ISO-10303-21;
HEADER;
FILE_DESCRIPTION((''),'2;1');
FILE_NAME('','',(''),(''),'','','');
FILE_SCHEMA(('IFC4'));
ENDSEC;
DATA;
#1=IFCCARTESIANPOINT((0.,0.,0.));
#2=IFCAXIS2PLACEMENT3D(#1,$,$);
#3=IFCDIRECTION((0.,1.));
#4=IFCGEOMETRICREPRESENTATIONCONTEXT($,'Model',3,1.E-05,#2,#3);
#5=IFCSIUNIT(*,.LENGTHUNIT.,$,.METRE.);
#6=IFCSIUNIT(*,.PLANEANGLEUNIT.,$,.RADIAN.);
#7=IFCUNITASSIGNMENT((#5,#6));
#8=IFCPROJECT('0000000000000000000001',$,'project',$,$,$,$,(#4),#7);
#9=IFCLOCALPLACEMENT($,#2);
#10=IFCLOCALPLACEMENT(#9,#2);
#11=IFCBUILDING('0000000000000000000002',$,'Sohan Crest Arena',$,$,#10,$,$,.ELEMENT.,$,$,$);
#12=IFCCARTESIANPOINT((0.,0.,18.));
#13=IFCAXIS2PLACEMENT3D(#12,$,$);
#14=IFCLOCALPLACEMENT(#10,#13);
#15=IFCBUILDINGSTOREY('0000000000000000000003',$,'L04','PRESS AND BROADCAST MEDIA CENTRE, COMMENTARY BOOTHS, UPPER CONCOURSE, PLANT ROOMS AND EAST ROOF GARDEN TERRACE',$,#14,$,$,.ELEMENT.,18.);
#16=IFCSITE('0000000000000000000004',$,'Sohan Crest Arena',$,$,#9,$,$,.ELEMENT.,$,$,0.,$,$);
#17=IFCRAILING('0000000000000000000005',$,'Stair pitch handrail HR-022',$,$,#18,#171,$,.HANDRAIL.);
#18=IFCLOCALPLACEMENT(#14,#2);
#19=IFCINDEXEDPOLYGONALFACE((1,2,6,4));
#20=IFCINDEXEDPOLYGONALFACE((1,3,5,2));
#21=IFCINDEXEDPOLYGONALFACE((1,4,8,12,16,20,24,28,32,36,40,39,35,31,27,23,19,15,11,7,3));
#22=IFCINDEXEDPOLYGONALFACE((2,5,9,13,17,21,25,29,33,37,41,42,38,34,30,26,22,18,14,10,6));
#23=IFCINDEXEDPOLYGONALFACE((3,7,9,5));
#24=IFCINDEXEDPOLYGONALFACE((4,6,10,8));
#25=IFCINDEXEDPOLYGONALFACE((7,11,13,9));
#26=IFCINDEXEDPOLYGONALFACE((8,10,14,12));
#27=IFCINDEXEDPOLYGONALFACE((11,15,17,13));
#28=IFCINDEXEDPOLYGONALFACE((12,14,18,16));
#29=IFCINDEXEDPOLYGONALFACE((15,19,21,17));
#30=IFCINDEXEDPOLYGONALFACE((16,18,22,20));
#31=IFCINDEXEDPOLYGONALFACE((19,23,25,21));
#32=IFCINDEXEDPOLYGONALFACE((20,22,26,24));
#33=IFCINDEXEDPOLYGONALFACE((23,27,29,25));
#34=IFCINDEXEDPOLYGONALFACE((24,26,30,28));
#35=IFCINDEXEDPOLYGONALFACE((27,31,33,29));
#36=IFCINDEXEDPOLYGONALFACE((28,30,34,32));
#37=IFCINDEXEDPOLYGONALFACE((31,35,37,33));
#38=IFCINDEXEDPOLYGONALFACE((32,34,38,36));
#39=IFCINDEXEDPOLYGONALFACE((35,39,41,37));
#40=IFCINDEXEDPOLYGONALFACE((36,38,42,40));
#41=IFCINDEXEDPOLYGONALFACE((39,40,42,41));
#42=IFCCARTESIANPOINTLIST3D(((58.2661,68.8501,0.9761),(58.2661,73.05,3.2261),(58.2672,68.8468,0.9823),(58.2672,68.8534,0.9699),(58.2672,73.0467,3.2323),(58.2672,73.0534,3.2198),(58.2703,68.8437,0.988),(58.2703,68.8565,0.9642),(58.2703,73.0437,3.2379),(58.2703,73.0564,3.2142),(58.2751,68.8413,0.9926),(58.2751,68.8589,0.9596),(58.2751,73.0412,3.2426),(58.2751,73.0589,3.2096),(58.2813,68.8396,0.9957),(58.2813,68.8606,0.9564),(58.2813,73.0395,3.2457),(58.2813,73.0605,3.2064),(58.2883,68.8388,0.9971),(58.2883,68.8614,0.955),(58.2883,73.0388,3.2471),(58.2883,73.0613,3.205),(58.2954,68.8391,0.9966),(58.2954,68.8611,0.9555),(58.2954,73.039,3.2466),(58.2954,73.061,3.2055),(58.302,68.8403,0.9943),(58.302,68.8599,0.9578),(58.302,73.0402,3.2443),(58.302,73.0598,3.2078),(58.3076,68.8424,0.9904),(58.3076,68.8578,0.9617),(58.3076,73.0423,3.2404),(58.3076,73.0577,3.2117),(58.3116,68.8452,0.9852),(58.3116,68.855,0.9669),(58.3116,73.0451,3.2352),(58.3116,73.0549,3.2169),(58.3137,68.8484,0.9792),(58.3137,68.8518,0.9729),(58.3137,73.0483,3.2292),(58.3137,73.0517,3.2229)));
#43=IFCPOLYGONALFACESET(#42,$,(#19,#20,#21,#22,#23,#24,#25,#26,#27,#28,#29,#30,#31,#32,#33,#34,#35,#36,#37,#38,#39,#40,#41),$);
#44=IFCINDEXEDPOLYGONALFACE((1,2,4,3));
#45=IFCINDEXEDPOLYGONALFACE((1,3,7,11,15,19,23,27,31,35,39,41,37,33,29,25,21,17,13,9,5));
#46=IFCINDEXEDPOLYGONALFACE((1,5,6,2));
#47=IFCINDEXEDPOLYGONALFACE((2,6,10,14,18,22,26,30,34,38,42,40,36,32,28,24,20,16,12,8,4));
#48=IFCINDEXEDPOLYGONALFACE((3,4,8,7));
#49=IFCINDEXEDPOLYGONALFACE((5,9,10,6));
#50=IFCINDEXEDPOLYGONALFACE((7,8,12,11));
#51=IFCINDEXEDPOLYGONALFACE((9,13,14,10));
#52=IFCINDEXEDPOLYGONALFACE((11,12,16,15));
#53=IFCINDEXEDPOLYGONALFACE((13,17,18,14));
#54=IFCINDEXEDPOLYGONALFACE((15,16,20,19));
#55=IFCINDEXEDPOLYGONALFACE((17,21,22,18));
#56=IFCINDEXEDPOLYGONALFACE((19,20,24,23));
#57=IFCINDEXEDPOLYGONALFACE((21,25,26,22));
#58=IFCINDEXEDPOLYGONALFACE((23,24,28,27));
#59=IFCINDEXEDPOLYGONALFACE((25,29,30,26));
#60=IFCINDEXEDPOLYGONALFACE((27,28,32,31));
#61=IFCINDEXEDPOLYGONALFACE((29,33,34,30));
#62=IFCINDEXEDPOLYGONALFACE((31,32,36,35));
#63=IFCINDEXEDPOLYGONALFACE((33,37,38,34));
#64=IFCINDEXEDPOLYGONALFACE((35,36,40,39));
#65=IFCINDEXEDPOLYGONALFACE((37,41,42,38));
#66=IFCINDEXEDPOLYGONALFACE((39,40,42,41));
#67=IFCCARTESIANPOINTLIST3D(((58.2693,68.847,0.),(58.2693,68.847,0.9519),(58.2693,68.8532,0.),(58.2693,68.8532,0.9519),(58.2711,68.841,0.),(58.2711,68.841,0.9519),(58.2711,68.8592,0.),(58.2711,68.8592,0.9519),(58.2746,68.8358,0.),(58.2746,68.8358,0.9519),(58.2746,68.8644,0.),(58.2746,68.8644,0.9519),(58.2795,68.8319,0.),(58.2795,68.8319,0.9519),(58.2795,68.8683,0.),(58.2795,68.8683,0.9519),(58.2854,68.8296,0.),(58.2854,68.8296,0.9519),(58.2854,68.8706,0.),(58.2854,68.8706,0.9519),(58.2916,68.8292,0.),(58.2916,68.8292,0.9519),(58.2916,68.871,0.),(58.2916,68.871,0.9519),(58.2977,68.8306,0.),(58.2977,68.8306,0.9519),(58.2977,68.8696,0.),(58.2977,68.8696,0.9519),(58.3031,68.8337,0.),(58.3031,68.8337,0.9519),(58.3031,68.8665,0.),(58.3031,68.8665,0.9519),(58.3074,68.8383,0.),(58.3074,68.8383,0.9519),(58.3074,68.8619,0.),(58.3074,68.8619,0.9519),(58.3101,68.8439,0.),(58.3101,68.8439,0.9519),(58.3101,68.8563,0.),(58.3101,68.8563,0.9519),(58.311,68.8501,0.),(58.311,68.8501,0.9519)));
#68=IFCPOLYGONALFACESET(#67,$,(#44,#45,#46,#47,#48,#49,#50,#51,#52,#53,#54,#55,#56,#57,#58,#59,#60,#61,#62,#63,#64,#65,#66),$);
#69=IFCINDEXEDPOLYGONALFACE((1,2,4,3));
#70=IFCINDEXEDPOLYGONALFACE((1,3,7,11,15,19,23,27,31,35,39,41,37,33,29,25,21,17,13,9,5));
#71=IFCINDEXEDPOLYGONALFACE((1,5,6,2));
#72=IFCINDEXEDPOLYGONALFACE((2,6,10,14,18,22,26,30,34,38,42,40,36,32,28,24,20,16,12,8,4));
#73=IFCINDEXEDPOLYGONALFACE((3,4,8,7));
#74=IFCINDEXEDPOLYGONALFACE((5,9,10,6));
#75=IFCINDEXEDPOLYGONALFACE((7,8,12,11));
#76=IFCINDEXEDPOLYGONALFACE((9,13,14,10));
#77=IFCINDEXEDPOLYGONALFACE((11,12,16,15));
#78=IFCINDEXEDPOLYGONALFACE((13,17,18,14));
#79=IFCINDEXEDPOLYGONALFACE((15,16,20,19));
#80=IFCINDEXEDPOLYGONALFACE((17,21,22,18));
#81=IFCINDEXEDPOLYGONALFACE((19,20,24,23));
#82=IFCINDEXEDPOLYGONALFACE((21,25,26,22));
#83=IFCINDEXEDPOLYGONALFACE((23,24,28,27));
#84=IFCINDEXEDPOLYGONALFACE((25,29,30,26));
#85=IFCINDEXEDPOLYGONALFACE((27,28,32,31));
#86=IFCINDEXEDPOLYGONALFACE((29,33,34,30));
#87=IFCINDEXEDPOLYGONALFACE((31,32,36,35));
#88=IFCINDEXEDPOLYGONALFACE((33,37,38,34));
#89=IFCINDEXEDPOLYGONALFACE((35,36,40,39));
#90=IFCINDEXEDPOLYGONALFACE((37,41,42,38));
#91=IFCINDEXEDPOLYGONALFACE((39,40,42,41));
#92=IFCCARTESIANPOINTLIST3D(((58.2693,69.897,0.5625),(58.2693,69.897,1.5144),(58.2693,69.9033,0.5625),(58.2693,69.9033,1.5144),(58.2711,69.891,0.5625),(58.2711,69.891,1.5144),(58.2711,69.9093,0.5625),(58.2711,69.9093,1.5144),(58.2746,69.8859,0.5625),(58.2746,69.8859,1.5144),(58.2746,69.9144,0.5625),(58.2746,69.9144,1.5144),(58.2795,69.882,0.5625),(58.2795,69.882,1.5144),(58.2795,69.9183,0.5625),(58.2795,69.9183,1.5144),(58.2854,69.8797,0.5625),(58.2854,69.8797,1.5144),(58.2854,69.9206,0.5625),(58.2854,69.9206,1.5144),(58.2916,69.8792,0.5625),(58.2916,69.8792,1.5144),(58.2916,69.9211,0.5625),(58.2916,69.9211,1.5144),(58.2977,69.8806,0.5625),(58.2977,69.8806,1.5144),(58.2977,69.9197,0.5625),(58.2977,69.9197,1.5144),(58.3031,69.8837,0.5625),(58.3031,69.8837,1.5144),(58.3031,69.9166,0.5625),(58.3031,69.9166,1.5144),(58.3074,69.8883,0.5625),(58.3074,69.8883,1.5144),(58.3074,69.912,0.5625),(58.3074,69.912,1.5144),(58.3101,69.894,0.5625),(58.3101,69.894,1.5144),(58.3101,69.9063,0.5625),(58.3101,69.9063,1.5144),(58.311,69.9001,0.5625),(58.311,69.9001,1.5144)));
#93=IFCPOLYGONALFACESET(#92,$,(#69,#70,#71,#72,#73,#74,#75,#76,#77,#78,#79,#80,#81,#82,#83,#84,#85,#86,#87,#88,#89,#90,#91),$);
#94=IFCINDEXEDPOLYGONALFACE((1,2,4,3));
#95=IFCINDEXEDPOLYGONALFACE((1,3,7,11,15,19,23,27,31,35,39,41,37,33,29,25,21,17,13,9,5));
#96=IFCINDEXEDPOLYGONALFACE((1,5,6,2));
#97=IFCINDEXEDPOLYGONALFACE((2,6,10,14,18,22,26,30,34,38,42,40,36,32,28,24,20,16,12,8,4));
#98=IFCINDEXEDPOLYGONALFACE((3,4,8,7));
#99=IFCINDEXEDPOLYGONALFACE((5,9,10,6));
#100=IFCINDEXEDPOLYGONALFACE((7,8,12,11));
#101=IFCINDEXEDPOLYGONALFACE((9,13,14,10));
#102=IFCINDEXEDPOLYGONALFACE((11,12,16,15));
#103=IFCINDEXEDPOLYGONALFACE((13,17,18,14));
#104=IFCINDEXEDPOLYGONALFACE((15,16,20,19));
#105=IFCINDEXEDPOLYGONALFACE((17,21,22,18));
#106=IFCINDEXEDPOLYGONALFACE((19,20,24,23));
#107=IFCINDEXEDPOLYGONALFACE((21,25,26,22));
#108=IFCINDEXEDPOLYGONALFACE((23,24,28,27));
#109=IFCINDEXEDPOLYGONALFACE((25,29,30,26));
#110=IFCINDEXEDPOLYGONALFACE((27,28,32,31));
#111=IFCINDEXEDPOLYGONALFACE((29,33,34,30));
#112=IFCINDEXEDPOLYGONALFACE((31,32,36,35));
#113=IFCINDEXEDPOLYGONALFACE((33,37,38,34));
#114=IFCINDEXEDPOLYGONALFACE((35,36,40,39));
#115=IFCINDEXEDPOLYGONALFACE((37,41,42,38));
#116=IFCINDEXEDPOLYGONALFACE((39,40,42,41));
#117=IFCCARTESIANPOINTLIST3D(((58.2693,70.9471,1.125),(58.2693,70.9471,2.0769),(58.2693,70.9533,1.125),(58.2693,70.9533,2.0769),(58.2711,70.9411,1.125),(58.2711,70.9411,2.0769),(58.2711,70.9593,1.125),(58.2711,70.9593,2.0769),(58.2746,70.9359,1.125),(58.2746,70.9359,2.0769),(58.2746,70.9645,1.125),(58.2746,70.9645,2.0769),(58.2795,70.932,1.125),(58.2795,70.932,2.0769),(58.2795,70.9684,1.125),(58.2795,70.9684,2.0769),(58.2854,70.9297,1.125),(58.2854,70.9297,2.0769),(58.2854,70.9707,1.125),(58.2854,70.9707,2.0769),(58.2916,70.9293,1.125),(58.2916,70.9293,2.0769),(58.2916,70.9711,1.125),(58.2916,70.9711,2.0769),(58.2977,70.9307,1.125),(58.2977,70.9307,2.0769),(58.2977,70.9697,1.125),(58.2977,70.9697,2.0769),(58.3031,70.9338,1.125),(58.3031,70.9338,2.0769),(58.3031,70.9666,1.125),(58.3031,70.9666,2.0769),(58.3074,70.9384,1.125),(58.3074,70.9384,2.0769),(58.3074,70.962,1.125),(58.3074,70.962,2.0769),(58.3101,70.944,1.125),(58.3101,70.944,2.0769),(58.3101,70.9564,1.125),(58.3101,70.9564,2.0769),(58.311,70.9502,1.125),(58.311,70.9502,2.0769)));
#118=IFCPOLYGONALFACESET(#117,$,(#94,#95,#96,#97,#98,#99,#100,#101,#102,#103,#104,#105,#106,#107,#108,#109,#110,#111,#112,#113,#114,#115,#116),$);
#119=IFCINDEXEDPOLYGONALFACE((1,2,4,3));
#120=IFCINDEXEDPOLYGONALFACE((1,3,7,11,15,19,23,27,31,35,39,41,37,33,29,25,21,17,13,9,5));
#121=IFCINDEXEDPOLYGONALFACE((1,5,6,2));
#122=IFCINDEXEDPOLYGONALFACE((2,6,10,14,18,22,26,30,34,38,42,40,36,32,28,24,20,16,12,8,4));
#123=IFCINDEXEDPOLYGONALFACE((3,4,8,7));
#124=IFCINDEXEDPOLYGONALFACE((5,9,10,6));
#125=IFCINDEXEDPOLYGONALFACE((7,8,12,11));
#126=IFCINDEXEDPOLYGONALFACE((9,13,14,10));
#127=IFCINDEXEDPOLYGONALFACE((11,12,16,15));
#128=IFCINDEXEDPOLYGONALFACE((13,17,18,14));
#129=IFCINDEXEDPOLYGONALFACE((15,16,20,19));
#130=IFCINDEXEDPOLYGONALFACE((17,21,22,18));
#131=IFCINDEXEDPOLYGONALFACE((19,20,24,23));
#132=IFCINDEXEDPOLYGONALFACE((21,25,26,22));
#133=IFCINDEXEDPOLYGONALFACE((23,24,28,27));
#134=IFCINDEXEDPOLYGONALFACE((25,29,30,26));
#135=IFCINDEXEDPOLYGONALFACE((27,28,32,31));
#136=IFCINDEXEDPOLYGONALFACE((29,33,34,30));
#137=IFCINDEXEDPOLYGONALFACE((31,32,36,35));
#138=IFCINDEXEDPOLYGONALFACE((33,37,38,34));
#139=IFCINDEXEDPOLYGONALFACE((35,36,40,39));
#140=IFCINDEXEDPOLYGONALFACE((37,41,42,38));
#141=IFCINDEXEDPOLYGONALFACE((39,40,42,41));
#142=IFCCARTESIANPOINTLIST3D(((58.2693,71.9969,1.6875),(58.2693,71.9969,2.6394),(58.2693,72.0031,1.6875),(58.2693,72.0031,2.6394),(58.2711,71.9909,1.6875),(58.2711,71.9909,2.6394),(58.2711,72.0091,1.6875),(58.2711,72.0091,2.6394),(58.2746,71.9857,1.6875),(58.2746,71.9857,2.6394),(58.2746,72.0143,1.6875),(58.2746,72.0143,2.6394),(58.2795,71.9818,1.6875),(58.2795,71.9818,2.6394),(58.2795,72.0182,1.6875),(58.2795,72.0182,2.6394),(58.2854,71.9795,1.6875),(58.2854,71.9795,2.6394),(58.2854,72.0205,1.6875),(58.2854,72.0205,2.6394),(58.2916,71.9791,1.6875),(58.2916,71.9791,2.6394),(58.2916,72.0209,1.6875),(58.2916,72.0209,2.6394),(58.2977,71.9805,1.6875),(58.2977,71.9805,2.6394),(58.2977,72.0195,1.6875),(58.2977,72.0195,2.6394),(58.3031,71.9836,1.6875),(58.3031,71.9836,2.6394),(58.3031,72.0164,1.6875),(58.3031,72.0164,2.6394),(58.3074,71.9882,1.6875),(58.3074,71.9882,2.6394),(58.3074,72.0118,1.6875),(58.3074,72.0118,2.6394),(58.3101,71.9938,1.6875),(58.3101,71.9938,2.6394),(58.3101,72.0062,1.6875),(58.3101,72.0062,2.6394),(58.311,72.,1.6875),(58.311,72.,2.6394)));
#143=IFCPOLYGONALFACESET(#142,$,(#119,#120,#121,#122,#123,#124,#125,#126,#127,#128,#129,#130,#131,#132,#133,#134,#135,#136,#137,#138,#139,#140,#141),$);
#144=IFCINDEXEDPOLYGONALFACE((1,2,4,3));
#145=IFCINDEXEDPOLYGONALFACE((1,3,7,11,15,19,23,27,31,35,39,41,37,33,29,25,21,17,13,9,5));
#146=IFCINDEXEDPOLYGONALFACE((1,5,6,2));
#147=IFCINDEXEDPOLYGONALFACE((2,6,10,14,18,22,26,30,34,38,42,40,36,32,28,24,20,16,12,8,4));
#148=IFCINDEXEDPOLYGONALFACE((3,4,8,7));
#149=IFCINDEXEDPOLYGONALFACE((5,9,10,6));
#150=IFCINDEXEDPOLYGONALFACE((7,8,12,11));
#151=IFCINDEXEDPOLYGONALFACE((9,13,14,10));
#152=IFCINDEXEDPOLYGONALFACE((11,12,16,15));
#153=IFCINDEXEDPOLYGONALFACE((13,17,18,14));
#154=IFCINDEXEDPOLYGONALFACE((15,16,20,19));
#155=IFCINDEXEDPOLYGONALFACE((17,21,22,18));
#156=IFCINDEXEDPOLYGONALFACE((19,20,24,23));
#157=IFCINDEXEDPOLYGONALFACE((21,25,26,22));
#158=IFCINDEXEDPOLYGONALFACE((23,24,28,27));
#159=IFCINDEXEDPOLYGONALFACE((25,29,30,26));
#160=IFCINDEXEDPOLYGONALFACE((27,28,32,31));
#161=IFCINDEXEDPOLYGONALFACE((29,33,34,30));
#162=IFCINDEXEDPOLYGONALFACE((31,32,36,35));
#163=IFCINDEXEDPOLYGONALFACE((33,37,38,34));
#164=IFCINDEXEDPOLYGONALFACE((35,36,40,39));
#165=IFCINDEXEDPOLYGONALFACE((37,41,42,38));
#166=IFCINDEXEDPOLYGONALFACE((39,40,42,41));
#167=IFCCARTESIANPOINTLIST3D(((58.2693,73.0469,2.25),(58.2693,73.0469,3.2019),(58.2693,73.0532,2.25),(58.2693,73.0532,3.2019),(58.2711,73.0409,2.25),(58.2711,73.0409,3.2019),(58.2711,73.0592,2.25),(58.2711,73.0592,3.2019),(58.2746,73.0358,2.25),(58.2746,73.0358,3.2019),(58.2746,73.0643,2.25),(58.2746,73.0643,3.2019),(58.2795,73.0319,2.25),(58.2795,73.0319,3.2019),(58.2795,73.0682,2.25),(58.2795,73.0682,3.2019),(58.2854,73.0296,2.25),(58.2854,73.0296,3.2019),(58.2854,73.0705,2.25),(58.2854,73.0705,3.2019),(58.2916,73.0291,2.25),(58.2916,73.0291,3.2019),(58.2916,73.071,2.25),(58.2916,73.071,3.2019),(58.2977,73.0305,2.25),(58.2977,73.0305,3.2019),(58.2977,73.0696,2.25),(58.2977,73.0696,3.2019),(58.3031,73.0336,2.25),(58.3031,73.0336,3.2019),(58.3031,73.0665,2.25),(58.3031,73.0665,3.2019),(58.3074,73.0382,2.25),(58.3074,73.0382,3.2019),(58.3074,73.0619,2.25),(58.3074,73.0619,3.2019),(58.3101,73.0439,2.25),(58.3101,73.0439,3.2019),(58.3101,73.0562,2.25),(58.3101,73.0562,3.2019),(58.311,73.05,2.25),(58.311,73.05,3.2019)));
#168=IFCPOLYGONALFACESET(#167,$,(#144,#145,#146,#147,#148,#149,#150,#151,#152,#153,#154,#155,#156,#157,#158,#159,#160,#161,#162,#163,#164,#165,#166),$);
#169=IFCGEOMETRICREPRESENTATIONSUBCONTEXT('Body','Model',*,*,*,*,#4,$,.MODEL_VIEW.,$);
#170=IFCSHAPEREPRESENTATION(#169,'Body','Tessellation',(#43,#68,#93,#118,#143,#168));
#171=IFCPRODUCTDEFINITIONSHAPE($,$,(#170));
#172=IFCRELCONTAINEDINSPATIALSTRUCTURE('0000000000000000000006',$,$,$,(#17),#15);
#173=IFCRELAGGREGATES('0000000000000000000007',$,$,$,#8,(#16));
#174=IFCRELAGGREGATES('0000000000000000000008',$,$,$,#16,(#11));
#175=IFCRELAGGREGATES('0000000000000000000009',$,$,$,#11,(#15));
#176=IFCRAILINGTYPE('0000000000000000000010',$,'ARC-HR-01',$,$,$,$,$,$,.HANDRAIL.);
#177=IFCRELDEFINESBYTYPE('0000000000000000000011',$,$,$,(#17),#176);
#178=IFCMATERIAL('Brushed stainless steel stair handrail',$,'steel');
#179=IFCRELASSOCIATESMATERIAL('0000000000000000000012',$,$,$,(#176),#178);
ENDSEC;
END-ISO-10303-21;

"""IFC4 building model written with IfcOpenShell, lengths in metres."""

from ifc_helpers import new_model, si_unit, direction, frame, origin, origin_2d, place, context, subcontext, project, spatial, circle, extrude, material, type_object, element, save


model = new_model("IFC4")

# Units and contexts
model_context = context("Model", 3, precision=1e-05, world=origin(), true_north=direction((0.0, 1.0)))
body_context = subcontext(model_context, "Body", "Model", "MODEL_VIEW")
ifc_project = project(units=[si_unit("LENGTHUNIT", "METRE"), si_unit("PLANEANGLEUNIT", "RADIAN")], contexts=[model_context])

# Site, building, storey
site_placement = place(None, origin())
site = spatial("IfcSite", under=ifc_project, at=site_placement, Name="Sohan Crest Arena", CompositionType="ELEMENT", RefElevation=0.0)
building_placement = place(site_placement, origin())
building = spatial("IfcBuilding", under=site, at=building_placement, Name="Sohan Crest Arena", CompositionType="ELEMENT")
storey_placement = place(building_placement, frame((0.0, 0.0, 18.0)))
storey = spatial("IfcBuildingStorey", under=building, at=storey_placement, Name="L04", Description="PRESS AND BROADCAST MEDIA CENTRE, COMMENTARY BOOTHS, UPPER CONCOURSE, PLANT ROOMS AND EAST ROOF GARDEN TERRACE", CompositionType="ELEMENT", Elevation=18.0)

# Railing
ifc_material_1 = material(Name="Brushed stainless steel stair handrail", Category="steel")
railing_type_1 = type_object("IfcRailingType", Name="ARC-HR-01", PredefinedType="HANDRAIL", material=ifc_material_1)
for number, where, name in (
    (1, (58.29, 68.8501, 0.0), "Stair pitch handrail HR-022"),
):
    element("IfcRailing", number, at=place(storey_placement, frame(where)), inside=storey, type_object=railing_type_1, Name=name, PredefinedType="HANDRAIL", context=body_context, shape_type="SweptSolid", body=[
        extrude(circle(Radius=0.0239, at=origin_2d()), frame((0.0, 0.0, 0.9761), z_axis=(0.0, 0.881478, 0.472226), x_axis=(-1.0, 0.0, 0.0)), (0.0, 0.0, 1.0), 4.7646),
        extrude(circle(Radius=0.021, at=origin_2d()), origin(), (0.0, 0.0, 1.0), 0.9519),
        extrude(circle(Radius=0.021, at=origin_2d()), frame((0.0, 1.05, 0.5625)), (0.0, 0.0, 1.0), 0.9519),
        extrude(circle(Radius=0.021, at=origin_2d()), frame((0.0, 2.1001, 1.125)), (0.0, 0.0, 1.0), 0.9519),
        extrude(circle(Radius=0.021, at=origin_2d()), frame((0.0, 3.1499, 1.6875)), (0.0, 0.0, 1.0), 0.9519),
        extrude(circle(Radius=0.021, at=origin_2d()), frame((0.0, 4.2, 2.25)), (0.0, 0.0, 1.0), 0.9519),
    ])

save(model, "model.ifc")
